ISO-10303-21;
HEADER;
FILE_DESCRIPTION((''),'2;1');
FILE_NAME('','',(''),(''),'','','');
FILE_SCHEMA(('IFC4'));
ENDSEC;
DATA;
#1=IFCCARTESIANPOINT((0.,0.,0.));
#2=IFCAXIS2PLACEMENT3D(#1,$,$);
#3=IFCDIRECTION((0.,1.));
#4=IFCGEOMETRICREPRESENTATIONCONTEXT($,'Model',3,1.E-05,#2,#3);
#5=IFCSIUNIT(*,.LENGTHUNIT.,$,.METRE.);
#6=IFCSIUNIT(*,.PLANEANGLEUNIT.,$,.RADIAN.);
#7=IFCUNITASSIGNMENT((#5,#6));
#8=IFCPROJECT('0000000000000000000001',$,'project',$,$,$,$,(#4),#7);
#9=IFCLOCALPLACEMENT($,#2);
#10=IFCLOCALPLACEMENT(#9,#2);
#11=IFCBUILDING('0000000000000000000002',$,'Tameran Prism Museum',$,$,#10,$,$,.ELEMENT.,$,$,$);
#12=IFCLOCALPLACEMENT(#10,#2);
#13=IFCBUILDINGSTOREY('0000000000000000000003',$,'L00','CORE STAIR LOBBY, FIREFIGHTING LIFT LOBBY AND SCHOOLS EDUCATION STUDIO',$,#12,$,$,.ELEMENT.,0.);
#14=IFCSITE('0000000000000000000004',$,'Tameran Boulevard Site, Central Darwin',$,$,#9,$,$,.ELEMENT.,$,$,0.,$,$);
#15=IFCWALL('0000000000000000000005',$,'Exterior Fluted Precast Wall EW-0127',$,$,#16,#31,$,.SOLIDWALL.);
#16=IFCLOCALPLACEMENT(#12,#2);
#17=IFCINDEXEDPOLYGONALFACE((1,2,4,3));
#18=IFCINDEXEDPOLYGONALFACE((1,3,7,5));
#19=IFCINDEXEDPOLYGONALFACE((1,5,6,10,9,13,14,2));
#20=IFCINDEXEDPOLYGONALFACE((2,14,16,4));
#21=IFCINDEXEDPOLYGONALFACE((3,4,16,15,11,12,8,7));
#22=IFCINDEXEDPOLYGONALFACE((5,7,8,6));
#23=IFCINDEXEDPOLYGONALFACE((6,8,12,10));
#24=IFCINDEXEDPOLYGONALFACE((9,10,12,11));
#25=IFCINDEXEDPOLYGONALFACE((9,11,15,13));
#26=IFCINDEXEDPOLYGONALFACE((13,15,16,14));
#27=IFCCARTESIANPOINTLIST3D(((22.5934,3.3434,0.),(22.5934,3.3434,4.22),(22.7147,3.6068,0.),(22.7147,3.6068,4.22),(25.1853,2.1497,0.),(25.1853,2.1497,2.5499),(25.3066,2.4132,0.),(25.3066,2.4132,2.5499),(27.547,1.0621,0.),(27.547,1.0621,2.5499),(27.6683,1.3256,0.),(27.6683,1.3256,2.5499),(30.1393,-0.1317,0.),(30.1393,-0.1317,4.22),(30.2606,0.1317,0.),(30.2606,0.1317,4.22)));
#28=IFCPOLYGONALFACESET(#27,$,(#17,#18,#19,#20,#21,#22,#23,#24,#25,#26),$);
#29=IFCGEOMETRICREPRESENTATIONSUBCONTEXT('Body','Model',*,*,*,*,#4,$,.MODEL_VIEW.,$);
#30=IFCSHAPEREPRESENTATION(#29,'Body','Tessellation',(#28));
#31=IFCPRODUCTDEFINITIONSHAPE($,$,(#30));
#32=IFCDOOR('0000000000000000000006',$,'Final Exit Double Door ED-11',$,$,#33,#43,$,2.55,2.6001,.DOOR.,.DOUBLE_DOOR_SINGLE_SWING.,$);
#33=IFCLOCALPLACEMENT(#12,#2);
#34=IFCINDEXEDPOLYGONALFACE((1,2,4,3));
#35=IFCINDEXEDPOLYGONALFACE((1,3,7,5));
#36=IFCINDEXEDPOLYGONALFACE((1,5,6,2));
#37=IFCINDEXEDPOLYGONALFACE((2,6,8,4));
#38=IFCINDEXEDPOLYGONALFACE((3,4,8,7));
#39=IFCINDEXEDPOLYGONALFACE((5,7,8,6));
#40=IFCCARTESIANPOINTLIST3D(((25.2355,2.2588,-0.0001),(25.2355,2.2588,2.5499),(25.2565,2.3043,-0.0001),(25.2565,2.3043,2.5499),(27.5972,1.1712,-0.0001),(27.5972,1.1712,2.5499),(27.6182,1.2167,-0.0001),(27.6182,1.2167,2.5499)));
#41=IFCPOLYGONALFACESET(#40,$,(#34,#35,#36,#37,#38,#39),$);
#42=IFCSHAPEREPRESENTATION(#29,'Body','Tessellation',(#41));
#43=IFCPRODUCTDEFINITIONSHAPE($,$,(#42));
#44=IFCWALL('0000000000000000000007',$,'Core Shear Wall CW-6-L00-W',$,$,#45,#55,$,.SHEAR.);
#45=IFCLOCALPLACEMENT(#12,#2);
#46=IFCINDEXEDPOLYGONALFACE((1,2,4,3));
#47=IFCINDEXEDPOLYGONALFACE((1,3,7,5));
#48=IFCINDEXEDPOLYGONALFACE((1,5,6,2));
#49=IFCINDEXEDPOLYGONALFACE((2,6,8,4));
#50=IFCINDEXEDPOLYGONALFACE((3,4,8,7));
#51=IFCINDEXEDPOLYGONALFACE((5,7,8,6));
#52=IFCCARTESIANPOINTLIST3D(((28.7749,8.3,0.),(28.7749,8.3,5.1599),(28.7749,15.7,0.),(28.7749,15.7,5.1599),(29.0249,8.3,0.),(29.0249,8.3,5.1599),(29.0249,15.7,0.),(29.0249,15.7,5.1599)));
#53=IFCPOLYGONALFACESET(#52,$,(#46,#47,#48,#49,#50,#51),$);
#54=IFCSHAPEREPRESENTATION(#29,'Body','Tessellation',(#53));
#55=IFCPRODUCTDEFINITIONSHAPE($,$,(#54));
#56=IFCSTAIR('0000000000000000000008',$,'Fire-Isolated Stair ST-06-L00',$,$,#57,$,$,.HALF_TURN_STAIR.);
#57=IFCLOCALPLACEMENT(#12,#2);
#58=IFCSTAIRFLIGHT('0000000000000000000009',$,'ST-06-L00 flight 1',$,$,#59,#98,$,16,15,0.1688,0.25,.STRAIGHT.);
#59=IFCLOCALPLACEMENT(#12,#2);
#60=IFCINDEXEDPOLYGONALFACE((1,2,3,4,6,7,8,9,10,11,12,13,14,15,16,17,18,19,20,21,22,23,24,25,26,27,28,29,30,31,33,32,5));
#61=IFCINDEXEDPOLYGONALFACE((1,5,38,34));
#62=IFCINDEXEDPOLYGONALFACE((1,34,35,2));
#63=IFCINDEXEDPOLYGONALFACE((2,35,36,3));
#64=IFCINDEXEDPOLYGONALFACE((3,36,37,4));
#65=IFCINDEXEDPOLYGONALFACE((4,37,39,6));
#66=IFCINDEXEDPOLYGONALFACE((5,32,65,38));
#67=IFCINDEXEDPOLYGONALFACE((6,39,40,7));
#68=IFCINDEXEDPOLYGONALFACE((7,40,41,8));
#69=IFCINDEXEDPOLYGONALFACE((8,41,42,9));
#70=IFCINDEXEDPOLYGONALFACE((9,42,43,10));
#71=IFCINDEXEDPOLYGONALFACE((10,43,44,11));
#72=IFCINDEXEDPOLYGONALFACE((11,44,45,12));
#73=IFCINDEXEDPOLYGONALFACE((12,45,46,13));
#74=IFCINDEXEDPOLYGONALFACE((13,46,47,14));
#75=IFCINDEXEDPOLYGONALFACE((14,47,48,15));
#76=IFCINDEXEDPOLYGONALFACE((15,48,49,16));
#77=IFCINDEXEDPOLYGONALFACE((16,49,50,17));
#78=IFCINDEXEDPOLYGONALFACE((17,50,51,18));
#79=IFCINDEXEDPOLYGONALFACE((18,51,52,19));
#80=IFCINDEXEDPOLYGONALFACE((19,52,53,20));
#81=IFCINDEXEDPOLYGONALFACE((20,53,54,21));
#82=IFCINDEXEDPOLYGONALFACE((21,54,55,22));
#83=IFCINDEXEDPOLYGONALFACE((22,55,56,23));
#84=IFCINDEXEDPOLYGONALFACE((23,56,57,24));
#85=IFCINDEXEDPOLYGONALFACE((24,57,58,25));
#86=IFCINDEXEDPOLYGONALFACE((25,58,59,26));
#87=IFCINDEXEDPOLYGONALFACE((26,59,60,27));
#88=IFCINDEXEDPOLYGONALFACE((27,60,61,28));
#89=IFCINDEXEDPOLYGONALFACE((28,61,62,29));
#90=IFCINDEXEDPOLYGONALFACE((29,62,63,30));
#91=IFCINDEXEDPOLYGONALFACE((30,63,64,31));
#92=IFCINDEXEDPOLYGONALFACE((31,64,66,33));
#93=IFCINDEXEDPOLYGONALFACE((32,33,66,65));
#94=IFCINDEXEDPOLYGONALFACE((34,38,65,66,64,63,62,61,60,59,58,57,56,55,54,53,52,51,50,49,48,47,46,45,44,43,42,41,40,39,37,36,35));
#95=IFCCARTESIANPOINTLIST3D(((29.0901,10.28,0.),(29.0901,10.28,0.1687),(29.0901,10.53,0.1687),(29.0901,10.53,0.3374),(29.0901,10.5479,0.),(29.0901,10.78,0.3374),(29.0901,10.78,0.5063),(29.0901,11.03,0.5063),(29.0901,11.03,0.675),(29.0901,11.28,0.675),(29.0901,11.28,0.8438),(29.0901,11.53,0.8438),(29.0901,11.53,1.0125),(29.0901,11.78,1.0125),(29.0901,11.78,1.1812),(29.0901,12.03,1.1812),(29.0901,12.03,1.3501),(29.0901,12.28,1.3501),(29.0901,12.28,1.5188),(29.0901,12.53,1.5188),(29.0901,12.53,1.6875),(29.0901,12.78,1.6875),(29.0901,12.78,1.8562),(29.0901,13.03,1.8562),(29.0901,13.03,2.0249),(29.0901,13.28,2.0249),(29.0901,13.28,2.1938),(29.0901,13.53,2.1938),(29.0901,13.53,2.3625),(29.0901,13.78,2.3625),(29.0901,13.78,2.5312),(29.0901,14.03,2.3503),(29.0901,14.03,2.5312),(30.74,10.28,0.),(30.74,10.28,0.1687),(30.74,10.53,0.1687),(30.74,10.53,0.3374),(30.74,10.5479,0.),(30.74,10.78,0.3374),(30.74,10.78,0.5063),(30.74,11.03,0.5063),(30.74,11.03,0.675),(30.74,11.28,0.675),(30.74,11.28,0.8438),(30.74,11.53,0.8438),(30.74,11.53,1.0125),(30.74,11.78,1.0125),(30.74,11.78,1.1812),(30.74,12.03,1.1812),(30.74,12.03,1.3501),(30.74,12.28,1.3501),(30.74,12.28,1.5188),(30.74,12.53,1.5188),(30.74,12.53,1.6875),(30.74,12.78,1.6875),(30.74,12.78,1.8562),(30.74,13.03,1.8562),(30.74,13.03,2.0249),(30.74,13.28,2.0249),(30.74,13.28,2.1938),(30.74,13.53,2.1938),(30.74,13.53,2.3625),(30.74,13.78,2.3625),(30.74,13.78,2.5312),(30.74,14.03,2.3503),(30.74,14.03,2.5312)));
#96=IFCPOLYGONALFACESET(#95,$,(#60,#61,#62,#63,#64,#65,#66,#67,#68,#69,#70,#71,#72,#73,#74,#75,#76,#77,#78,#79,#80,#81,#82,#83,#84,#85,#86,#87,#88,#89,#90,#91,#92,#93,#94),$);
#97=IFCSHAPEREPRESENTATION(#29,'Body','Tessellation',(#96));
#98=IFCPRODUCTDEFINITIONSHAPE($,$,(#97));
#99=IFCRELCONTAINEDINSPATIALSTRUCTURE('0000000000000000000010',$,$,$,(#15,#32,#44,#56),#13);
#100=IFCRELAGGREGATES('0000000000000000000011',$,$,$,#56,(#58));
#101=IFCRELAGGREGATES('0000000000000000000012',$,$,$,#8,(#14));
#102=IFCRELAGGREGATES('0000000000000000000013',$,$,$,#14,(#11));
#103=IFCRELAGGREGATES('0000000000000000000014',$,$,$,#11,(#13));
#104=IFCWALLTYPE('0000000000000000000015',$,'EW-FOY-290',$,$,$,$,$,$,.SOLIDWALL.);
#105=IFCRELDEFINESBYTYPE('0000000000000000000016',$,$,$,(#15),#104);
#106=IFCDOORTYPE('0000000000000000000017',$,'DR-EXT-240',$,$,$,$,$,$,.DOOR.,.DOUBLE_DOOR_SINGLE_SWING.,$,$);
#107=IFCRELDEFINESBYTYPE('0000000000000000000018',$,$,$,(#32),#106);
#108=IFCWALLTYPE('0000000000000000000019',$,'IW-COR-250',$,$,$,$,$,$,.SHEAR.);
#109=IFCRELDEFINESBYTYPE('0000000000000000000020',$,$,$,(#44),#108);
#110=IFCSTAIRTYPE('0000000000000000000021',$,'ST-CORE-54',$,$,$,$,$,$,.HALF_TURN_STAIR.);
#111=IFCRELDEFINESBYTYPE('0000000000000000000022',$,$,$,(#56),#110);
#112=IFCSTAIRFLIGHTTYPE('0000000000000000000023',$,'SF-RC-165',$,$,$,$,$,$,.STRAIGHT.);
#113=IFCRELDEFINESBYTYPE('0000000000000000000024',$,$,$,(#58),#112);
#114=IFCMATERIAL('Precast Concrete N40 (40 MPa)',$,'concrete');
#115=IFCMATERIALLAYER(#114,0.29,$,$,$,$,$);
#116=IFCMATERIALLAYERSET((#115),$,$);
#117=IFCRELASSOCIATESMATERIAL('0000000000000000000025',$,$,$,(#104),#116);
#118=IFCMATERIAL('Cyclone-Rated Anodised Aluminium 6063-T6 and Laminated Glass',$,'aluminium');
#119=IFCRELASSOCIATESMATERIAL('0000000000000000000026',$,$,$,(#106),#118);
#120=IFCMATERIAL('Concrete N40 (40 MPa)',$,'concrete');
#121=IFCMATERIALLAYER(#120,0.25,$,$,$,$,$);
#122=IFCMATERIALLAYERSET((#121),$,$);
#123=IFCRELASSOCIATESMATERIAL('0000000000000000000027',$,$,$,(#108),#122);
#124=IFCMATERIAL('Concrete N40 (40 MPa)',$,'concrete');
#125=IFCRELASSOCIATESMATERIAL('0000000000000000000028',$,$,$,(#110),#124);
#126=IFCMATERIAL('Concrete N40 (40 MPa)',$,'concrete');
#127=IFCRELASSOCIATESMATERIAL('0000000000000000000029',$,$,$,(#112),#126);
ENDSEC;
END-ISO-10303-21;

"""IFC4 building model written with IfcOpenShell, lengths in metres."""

from ifc_helpers import new_model, si_unit, direction, frame, frame_2d, origin, place, context, subcontext, project, spatial, polyline, rectangle, outline, extrude, material, layer, layer_set, type_object, element, fill, aggregate, save


model = new_model("IFC4")

# Units and contexts
model_context = context("Model", 3, precision=1e-05, world=origin(), true_north=direction((0.0, 1.0)))
body_context = subcontext(model_context, "Body", "Model", "MODEL_VIEW")
ifc_project = project(units=[si_unit("LENGTHUNIT", "METRE"), si_unit("PLANEANGLEUNIT", "RADIAN")], contexts=[model_context])

# Site, building, storey
site_placement = place(None, origin())
site = spatial("IfcSite", under=ifc_project, at=site_placement, Name="Tameran Boulevard Site, Central Darwin", CompositionType="ELEMENT", RefElevation=0.0)
building_placement = place(site_placement, origin())
building = spatial("IfcBuilding", under=site, at=building_placement, Name="Tameran Prism Museum", CompositionType="ELEMENT")
storey_placement = place(building_placement, origin())
storey = spatial("IfcBuildingStorey", under=building, at=storey_placement, Name="L00", Description="CORE STAIR LOBBY, FIREFIGHTING LIFT LOBBY AND SCHOOLS EDUCATION STUDIO", CompositionType="ELEMENT", Elevation=0.0)

# Wall, opening, door
ifc_material_1 = material(Name="Precast Concrete N40 (40 MPa)", Category="concrete")
ifc_layer_1 = layer(ifc_material_1, 0.29)
ifc_layer_set_1 = layer_set([ifc_layer_1])
wall_type_1 = type_object("IfcWallType", Name="EW-FOY-290", PredefinedType="SOLIDWALL", material=ifc_layer_set_1)
wall_1_placement = place(storey_placement, frame((30.2, 0.0, 0.0), z_axis=(0.0, 0.0, 1.0), x_axis=(-0.908308, 0.418301, 0.0)))
wall_1 = element("IfcWall", 1, at=wall_1_placement, inside=storey, type_object=wall_type_1, Name="Exterior Fluted Precast Wall EW-0127", PredefinedType="SOLIDWALL", context=body_context, shape_type="SweptSolid", body=[
    extrude(rectangle(XDim=8.3076, YDim=0.29, at=frame_2d((4.1538, 0.0))), origin(), (0.0, 0.0, 1.0), 4.22),
])
opening_placement = place(wall_1_placement, frame((2.854, 0.0, 0.0)))
opening = element("IfcOpeningElement", 2, at=opening_placement, cuts=wall_1, PredefinedType="OPENING", context=body_context, shape_type="SweptSolid", body=[
    extrude(rectangle(XDim=2.6001, YDim=2.55, at=frame_2d((1.3, 1.2749))), frame((0.0, 0.155, 0.0), z_axis=(0.0, -1.0, 0.0), x_axis=(1.0, 0.0, 0.0)), (0.0, 0.0, 1.0), 0.3101),
])
ifc_material_2 = material(Name="Cyclone-Rated Anodised Aluminium 6063-T6 and Laminated Glass", Category="aluminium")
door_type = type_object("IfcDoorType", Name="DR-EXT-240", OperationType="DOUBLE_DOOR_SINGLE_SWING", PredefinedType="DOOR", material=ifc_material_2)
door_placement = place(opening_placement, origin())
door = element("IfcDoor", 3, at=door_placement, inside=storey, type_object=door_type, Name="Final Exit Double Door ED-11", OperationType="DOUBLE_DOOR_SINGLE_SWING", OverallHeight=2.55, OverallWidth=2.6001, PredefinedType="DOOR", context=body_context, shape_type="SweptSolid", body=[
    extrude(rectangle(XDim=2.6001, YDim=2.55, at=frame_2d((1.3, 1.2749))), frame((0.0, 0.0249, 0.0), z_axis=(0.0, -1.0, 0.0), x_axis=(1.0, 0.0, 0.0)), (0.0, 0.0, 1.0), 0.05),
])
fill(opening, door)

# Wall
ifc_material_3 = material(Name="Concrete N40 (40 MPa)", Category="concrete")
ifc_layer_2 = layer(ifc_material_3, 0.25)
ifc_layer_set_2 = layer_set([ifc_layer_2])
wall_type_2 = type_object("IfcWallType", Name="IW-COR-250", PredefinedType="SHEAR", material=ifc_layer_set_2)
wall_2_placement = place(storey_placement, frame((28.8999, 8.3, 0.0), z_axis=(0.0, 0.0, 1.0), x_axis=(0.0, 1.0, 0.0)))
element("IfcWall", 4, at=wall_2_placement, inside=storey, type_object=wall_type_2, Name="Core Shear Wall CW-6-L00-W", PredefinedType="SHEAR", context=body_context, shape_type="SweptSolid", body=[
    extrude(rectangle(XDim=7.3999, YDim=0.25, at=frame_2d((3.7, 0.0))), origin(), (0.0, 0.0, 1.0), 5.1599),
])

# Stair, stair flight
ifc_material_4 = material(Name="Concrete N40 (40 MPa)", Category="concrete")
stair_type = type_object("IfcStairType", Name="ST-CORE-54", PredefinedType="HALF_TURN_STAIR", material=ifc_material_4)
stair_placement = place(storey_placement, origin())
stair = element("IfcStair", 5, at=stair_placement, inside=storey, type_object=stair_type, Name="Fire-Isolated Stair ST-06-L00", PredefinedType="HALF_TURN_STAIR")
ifc_material_5 = material(Name="Concrete N40 (40 MPa)", Category="concrete")
stair_flight_type = type_object("IfcStairFlightType", Name="SF-RC-165", PredefinedType="STRAIGHT", material=ifc_material_5)
stair_flight_placement = place(storey_placement, frame((29.915, 10.28, 0.0), z_axis=(0.0, 0.0, 1.0), x_axis=(0.0, 1.0, 0.0)))
stair_flight = element("IfcStairFlight", 6, at=stair_flight_placement, type_object=stair_flight_type, Name="ST-06-L00 flight 1", NumberOfRisers=16, NumberOfTreads=15, PredefinedType="STRAIGHT", RiserHeight=0.1688, TreadLength=0.25, context=body_context, shape_type="SweptSolid", body=[
    extrude(outline(polyline([(0.0, 0.0), (0.0, 0.1687), (0.25, 0.1687), (0.25, 0.3374), (0.5, 0.3374), (0.5, 0.5063), (0.75, 0.5063), (0.75, 0.675), (1.0, 0.675), (1.0, 0.8438), (1.25, 0.8438), (1.25, 1.0125), (1.5, 1.0125), (1.5, 1.1812), (1.75, 1.1812), (1.75, 1.3501), (2.0, 1.3501), (2.0, 1.5188), (2.25, 1.5188), (2.25, 1.6875), (2.5, 1.6875), (2.5, 1.8562), (2.75, 1.8562), (2.75, 2.0249), (3.0, 2.0249), (3.0, 2.1938), (3.25, 2.1938), (3.25, 2.3625), (3.5, 2.3625), (3.5, 2.5312), (3.75, 2.5312), (3.75, 2.7), (3.75, 2.3503), (0.2678, 0.0), (0.0, 0.0)])), frame((0.0, 0.825, 0.0), z_axis=(0.0, -1.0, 0.0), x_axis=(1.0, 0.0, 0.0)), (0.0, 0.0, 1.0), 1.6499),
])
aggregate(stair, [stair_flight])

save(model, "model.ifc")
